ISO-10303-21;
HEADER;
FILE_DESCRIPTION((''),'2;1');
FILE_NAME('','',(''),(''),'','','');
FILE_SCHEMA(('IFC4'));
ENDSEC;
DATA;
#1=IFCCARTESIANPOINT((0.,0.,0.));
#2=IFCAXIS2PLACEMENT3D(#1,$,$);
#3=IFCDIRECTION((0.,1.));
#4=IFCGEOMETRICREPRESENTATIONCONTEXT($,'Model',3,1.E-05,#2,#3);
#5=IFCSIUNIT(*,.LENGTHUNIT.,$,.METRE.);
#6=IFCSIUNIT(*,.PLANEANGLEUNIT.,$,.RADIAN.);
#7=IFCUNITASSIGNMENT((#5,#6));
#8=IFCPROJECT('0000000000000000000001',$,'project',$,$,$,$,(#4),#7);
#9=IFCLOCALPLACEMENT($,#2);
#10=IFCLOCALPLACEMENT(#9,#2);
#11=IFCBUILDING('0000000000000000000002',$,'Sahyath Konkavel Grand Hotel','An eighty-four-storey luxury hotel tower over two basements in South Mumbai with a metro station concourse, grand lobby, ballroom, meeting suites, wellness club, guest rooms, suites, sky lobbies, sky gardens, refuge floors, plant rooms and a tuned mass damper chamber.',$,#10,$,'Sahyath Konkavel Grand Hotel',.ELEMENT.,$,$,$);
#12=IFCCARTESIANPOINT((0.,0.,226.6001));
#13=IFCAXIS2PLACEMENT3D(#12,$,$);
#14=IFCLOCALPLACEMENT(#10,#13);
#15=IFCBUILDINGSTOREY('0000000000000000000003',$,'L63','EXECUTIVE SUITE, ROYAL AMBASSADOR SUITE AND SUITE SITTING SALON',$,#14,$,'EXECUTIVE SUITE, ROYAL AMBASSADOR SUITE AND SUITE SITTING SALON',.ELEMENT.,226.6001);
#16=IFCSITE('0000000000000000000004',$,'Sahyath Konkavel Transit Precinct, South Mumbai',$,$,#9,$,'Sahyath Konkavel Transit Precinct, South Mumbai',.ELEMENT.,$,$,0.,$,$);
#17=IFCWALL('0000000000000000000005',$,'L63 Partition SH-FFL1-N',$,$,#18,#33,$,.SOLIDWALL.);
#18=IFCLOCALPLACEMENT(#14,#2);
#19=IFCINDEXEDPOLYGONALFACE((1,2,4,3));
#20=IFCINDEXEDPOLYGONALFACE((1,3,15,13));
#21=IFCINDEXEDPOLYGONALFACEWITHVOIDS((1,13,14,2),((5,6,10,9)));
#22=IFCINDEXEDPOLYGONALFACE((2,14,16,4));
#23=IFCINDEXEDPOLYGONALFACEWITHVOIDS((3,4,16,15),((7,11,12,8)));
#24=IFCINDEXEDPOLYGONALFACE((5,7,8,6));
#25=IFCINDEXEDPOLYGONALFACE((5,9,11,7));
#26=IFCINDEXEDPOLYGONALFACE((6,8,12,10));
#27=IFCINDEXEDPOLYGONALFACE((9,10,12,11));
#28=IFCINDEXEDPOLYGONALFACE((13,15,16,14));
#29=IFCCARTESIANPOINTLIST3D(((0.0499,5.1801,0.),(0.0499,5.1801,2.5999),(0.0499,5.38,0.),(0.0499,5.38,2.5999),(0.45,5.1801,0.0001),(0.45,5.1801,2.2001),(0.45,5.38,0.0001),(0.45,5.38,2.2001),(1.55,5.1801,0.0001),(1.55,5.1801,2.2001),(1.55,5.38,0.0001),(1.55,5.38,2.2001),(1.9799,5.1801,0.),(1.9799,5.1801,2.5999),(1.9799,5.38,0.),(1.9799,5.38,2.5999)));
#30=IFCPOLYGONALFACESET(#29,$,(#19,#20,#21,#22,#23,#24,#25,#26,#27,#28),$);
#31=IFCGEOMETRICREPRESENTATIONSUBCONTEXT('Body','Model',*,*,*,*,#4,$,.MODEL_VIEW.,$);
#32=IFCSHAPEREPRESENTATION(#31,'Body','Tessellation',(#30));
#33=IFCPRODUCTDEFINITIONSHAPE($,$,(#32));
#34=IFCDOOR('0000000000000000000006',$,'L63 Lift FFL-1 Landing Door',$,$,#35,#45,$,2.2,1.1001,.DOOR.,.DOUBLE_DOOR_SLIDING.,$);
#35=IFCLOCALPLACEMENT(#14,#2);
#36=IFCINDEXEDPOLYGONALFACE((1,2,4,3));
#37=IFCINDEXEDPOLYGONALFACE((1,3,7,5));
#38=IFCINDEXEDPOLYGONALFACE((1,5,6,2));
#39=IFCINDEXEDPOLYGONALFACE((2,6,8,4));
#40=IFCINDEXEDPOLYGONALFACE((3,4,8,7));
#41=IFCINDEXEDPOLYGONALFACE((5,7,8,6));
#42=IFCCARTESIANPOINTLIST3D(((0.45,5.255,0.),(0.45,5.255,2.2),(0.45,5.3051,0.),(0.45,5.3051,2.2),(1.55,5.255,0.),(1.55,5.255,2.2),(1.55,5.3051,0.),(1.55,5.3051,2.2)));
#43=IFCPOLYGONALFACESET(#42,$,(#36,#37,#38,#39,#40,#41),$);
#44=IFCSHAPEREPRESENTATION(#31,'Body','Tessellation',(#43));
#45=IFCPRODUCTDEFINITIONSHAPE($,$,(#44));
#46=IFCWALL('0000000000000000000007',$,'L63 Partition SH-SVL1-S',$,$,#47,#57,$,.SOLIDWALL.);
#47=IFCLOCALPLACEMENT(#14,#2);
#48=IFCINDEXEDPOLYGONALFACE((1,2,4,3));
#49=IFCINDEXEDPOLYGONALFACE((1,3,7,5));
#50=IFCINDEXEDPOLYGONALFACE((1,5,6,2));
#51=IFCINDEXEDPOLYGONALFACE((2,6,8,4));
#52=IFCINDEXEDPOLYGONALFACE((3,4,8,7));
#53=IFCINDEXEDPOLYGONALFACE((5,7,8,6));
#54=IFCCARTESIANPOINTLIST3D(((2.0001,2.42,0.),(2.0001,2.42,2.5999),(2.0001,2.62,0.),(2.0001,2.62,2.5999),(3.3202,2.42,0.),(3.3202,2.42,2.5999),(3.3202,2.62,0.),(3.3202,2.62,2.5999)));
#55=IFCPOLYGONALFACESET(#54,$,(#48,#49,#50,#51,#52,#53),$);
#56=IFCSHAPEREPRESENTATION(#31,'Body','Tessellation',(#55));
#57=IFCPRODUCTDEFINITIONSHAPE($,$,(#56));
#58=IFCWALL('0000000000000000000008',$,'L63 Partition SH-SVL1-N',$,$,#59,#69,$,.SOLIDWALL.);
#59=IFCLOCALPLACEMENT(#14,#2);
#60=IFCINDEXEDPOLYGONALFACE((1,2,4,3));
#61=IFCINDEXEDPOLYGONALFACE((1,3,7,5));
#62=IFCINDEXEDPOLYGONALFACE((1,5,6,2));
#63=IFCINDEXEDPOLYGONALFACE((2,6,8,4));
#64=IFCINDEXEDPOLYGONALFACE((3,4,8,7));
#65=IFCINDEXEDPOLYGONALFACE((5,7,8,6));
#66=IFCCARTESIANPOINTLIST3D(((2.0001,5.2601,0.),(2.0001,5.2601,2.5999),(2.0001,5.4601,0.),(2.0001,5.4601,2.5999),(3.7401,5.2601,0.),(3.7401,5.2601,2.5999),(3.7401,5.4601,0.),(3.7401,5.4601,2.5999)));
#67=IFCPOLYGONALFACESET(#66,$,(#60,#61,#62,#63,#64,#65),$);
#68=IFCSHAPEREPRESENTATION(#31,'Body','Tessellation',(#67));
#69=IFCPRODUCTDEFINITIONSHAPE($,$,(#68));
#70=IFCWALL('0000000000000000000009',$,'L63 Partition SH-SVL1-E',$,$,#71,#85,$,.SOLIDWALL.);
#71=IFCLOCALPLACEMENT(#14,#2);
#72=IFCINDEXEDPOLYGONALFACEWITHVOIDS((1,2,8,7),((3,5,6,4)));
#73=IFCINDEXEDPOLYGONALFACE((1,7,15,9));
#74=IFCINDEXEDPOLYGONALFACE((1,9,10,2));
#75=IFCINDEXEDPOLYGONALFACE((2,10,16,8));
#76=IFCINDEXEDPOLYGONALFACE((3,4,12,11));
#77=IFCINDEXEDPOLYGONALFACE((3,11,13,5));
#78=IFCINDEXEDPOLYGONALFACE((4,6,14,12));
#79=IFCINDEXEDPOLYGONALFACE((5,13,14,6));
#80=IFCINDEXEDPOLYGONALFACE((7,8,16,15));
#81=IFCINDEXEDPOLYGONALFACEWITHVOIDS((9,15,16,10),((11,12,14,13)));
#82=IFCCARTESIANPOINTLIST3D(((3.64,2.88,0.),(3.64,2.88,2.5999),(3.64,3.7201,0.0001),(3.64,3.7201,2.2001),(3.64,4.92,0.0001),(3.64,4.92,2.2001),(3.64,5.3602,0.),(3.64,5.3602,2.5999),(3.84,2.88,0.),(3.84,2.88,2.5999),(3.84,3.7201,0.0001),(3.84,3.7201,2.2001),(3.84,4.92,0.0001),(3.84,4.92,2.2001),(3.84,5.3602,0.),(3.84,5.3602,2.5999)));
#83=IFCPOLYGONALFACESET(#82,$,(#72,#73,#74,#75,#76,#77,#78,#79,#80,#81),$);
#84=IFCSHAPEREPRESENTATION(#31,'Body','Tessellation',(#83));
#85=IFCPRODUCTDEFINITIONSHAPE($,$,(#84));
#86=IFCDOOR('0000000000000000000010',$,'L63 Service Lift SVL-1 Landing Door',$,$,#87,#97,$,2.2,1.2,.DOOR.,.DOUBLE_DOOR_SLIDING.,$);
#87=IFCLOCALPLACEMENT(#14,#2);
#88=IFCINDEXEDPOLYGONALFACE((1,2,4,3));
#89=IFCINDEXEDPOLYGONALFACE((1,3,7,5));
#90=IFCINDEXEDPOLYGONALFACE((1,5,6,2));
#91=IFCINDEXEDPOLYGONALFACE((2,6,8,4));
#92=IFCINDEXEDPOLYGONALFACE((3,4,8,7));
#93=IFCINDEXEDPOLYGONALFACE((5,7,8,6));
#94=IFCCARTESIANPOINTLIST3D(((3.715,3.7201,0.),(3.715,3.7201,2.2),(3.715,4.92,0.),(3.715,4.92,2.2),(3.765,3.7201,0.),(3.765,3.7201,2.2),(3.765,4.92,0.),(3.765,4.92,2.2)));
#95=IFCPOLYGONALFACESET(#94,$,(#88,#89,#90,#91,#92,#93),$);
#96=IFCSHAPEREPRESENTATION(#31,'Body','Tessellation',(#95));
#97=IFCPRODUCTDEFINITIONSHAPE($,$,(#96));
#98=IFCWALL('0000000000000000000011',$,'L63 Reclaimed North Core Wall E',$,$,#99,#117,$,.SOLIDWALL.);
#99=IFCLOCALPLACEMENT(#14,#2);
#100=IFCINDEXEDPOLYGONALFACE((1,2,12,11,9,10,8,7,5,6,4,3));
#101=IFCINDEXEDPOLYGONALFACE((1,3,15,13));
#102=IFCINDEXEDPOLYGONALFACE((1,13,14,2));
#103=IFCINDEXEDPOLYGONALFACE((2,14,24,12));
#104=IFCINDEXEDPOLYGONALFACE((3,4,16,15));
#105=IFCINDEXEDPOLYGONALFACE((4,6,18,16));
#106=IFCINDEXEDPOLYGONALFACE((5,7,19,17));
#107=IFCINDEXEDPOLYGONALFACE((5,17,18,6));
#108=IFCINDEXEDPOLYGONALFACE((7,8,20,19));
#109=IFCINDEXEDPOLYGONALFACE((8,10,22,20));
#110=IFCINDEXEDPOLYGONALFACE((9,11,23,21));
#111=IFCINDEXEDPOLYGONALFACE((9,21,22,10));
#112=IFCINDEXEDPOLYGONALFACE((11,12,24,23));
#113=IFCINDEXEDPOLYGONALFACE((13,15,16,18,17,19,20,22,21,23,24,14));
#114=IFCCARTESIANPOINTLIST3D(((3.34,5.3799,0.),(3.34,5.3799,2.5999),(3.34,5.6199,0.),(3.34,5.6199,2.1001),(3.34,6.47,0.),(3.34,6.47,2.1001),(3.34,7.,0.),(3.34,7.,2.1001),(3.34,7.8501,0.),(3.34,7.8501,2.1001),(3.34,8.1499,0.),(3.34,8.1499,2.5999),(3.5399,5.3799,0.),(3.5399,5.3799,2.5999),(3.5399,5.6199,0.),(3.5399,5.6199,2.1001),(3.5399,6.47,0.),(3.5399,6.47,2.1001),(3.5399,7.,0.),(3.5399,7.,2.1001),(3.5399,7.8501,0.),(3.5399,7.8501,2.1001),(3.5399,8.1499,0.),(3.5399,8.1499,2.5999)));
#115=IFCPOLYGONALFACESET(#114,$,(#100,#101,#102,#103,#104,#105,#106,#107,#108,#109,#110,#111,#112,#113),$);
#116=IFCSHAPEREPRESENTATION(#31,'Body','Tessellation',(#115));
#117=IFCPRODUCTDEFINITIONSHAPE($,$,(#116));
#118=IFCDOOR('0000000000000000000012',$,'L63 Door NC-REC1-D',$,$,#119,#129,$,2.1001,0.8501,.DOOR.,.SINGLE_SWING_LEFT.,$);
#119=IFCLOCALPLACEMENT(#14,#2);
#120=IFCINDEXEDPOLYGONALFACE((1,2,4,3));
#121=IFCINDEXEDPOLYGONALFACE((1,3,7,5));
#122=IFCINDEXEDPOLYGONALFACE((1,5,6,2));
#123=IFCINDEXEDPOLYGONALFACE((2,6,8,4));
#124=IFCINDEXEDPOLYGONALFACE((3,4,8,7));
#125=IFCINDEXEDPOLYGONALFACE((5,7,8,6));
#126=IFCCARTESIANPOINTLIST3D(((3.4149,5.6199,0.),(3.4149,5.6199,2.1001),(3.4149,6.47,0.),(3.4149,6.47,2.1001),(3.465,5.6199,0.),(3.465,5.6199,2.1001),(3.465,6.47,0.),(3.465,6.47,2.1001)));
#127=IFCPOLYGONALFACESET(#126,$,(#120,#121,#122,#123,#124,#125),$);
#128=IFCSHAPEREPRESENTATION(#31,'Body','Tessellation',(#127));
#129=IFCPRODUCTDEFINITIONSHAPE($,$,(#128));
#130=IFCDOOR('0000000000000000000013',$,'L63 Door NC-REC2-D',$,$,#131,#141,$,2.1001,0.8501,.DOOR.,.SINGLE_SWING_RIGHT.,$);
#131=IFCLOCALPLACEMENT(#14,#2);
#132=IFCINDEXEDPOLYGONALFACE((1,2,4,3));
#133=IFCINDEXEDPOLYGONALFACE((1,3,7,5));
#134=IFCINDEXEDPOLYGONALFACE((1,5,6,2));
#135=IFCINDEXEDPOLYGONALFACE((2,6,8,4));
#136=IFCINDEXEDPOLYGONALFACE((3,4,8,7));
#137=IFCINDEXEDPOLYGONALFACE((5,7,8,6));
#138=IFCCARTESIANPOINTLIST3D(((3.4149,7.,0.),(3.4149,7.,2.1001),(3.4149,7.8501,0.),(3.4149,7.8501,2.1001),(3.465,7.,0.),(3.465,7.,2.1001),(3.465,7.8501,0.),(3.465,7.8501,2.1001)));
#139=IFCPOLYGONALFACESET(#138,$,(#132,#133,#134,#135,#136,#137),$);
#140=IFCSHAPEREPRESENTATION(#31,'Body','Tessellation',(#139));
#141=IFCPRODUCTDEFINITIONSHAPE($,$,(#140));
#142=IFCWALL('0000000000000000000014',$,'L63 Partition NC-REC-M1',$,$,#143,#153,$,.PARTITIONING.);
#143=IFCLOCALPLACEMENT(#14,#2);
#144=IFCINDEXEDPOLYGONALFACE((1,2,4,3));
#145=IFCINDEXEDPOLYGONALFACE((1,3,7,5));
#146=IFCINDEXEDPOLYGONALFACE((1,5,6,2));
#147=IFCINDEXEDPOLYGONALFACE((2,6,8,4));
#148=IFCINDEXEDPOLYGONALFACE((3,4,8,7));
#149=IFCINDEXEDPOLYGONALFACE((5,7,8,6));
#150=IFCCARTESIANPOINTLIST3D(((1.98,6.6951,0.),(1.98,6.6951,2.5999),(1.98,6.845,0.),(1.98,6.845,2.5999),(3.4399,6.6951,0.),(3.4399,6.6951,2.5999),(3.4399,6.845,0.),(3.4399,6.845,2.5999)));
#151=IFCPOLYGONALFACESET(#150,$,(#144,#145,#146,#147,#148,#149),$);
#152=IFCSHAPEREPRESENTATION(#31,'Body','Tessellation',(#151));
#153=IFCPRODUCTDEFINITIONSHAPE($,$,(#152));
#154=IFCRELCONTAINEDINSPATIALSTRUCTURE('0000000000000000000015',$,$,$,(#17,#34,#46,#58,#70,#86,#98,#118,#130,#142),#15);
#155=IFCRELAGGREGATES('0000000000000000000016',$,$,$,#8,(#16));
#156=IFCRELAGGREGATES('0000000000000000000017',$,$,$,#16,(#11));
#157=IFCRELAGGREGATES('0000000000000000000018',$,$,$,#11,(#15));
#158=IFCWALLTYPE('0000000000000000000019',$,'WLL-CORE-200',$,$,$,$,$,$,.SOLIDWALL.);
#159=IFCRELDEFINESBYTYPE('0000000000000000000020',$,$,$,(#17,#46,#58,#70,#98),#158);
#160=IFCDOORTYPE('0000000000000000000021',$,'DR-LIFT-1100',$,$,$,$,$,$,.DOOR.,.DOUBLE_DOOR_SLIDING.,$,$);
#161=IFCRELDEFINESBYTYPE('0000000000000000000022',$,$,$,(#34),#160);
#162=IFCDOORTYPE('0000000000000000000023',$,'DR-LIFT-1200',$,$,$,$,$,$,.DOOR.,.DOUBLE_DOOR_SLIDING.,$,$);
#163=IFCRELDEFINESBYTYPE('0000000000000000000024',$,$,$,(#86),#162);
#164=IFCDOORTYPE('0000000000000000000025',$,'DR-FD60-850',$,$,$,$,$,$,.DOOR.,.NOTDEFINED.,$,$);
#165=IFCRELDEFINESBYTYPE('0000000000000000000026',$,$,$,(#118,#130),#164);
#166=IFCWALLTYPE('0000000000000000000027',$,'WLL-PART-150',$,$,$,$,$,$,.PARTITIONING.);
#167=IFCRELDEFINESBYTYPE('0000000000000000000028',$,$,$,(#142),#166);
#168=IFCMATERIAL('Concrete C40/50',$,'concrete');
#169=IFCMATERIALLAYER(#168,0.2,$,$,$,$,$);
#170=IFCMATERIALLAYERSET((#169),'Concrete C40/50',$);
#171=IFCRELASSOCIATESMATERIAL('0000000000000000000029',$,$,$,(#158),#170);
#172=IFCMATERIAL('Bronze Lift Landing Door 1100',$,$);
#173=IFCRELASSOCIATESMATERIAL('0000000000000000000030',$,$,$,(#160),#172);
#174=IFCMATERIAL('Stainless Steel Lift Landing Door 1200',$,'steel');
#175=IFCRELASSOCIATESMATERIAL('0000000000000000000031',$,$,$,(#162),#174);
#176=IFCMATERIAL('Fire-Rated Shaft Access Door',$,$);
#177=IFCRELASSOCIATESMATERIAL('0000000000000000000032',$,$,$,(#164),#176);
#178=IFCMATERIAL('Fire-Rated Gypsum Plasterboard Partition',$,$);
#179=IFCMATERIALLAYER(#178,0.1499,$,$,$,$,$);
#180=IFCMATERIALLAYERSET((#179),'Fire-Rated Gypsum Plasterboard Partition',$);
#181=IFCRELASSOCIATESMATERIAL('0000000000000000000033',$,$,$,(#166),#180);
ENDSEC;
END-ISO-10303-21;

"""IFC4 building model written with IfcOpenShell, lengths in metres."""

from ifc_helpers import new_model, si_unit, direction, frame, frame_2d, origin, origin_2d, place, context, subcontext, project, spatial, rectangle, extrude, source, transform, mapped, material, layer, layer_set, type_object, element, fill, save


model = new_model("IFC4")

# Units and contexts
model_context = context("Model", 3, precision=1e-05, world=origin(), true_north=direction((0.0, 1.0)))
body_context = subcontext(model_context, "Body", "Model", "MODEL_VIEW")
ifc_project = project(units=[si_unit("LENGTHUNIT", "METRE"), si_unit("PLANEANGLEUNIT", "RADIAN")], contexts=[model_context])

# Site, building, storey
site_placement = place(None, origin())
site = spatial("IfcSite", under=ifc_project, at=site_placement, Name="Sahyath Konkavel Transit Precinct, South Mumbai", LongName="Sahyath Konkavel Transit Precinct, South Mumbai", CompositionType="ELEMENT", RefElevation=0.0)
building_placement = place(site_placement, origin())
building = spatial("IfcBuilding", under=site, at=building_placement, Name="Sahyath Konkavel Grand Hotel", Description="An eighty-four-storey luxury hotel tower over two basements in South Mumbai with a metro station concourse, grand lobby, ballroom, meeting suites, wellness club, guest rooms, suites, sky lobbies, sky gardens, refuge floors, plant rooms and a tuned mass damper chamber.", LongName="Sahyath Konkavel Grand Hotel", CompositionType="ELEMENT")
storey_placement = place(building_placement, frame((0.0, 0.0, 226.6001)))
storey = spatial("IfcBuildingStorey", under=building, at=storey_placement, Name="L63", Description="EXECUTIVE SUITE, ROYAL AMBASSADOR SUITE AND SUITE SITTING SALON", LongName="EXECUTIVE SUITE, ROYAL AMBASSADOR SUITE AND SUITE SITTING SALON", CompositionType="ELEMENT", Elevation=226.6001)

# Shared definitions
ifc_material_1 = material(Name="Concrete C40/50", Category="concrete")
ifc_layer_1 = layer(ifc_material_1, 0.2)
ifc_layer_set_1 = layer_set([ifc_layer_1], Name="Concrete C40/50")
wall_type_1 = type_object("IfcWallType", Name="WLL-CORE-200", PredefinedType="SOLIDWALL", material=ifc_layer_set_1)
shared_shape_1 = source(origin(), body_context, "Body", "SweptSolid", [
    extrude(rectangle(XDim=0.8501, YDim=0.05, at=origin_2d()), origin(), (0.0, 0.0, 1.0), 2.1001),
])

# Wall, opening, door
wall_1_placement = place(storey_placement, frame((0.05, 5.28, 0.0), z_axis=(0.0, 0.0, 1.0), x_axis=(1.0, 0.0, 0.0)))
wall_1 = element("IfcWall", 1, at=wall_1_placement, inside=storey, type_object=wall_type_1, Name="L63 Partition SH-FFL1-N", PredefinedType="SOLIDWALL", context=body_context, shape_type="SweptSolid", body=[
    extrude(rectangle(XDim=1.9299, YDim=0.2, at=frame_2d((0.9648, 0.0))), origin(), (0.0, 0.0, 1.0), 2.5999),
])
opening_1_placement = place(wall_1_placement, frame((0.3999, 0.0, 0.0)))
opening_1 = element("IfcOpeningElement", 2, at=opening_1_placement, cuts=wall_1, PredefinedType="OPENING", context=body_context, shape_type="SweptSolid", body=[
    extrude(rectangle(XDim=1.1001, YDim=2.2, at=frame_2d((0.55, 1.1001))), frame((0.0, 0.1099, 0.0), z_axis=(0.0, -1.0, 0.0), x_axis=(1.0, 0.0, 0.0)), (0.0, 0.0, 1.0), 0.22),
])
ifc_material_2 = material(Name="Bronze Lift Landing Door 1100")
door_type_1 = type_object("IfcDoorType", Name="DR-LIFT-1100", OperationType="DOUBLE_DOOR_SLIDING", PredefinedType="DOOR", material=ifc_material_2)
shared_shape_2 = source(origin(), body_context, "Body", "SweptSolid", [
    extrude(rectangle(XDim=1.1001, YDim=0.05, at=origin_2d()), origin(), (0.0, 0.0, 1.0), 2.2),
])
door_1_placement = place(opening_1_placement, frame((0.55, 0.0, 0.0)))
door_1 = element("IfcDoor", 3, at=door_1_placement, inside=storey, type_object=door_type_1, Name="L63 Lift FFL-1 Landing Door", OperationType="DOUBLE_DOOR_SLIDING", OverallHeight=2.2, OverallWidth=1.1001, PredefinedType="DOOR", context=body_context, shape_type="MappedRepresentation", body=[
    mapped(shared_shape_2, transform((0.0, 0.0, 0.0), scale=1.0)),
])
fill(opening_1, door_1)

# Walls
wall_2_placement = place(storey_placement, frame((2.0, 2.52, 0.0), z_axis=(0.0, 0.0, 1.0), x_axis=(1.0, 0.0, 0.0)))
element("IfcWall", 4, at=wall_2_placement, inside=storey, type_object=wall_type_1, Name="L63 Partition SH-SVL1-S", PredefinedType="SOLIDWALL", context=body_context, shape_type="SweptSolid", body=[
    extrude(rectangle(XDim=1.3201, YDim=0.2, at=frame_2d((0.6602, 0.0))), origin(), (0.0, 0.0, 1.0), 2.5999),
])
wall_3_placement = place(storey_placement, frame((2.0, 5.3601, 0.0), z_axis=(0.0, 0.0, 1.0), x_axis=(1.0, 0.0, 0.0)))
element("IfcWall", 5, at=wall_3_placement, inside=storey, type_object=wall_type_1, Name="L63 Partition SH-SVL1-N", PredefinedType="SOLIDWALL", context=body_context, shape_type="SweptSolid", body=[
    extrude(rectangle(XDim=1.74, YDim=0.2, at=frame_2d((0.8701, 0.0))), origin(), (0.0, 0.0, 1.0), 2.5999),
])

# Wall, opening, door
wall_4_placement = place(storey_placement, frame((3.74, 2.8799, 0.0), z_axis=(0.0, 0.0, 1.0), x_axis=(0.0, 1.0, 0.0)))
wall_4 = element("IfcWall", 6, at=wall_4_placement, inside=storey, type_object=wall_type_1, Name="L63 Partition SH-SVL1-E", PredefinedType="SOLIDWALL", context=body_context, shape_type="SweptSolid", body=[
    extrude(rectangle(XDim=2.4802, YDim=0.2, at=frame_2d((1.2402, 0.0))), origin(), (0.0, 0.0, 1.0), 2.5999),
])
opening_2_placement = place(wall_4_placement, frame((0.8401, 0.0, 0.0)))
opening_2 = element("IfcOpeningElement", 7, at=opening_2_placement, cuts=wall_4, PredefinedType="OPENING", context=body_context, shape_type="SweptSolid", body=[
    extrude(rectangle(XDim=1.2, YDim=2.2, at=frame_2d((0.6001, 1.1001))), frame((0.0, 0.1099, 0.0), z_axis=(0.0, -1.0, 0.0), x_axis=(1.0, 0.0, 0.0)), (0.0, 0.0, 1.0), 0.22),
])
ifc_material_3 = material(Name="Stainless Steel Lift Landing Door 1200", Category="steel")
door_type_2 = type_object("IfcDoorType", Name="DR-LIFT-1200", OperationType="DOUBLE_DOOR_SLIDING", PredefinedType="DOOR", material=ifc_material_3)
shared_shape_3 = source(origin(), body_context, "Body", "SweptSolid", [
    extrude(rectangle(XDim=1.2, YDim=0.05, at=origin_2d()), origin(), (0.0, 0.0, 1.0), 2.2),
])
door_2_placement = place(opening_2_placement, frame((0.6001, 0.0, 0.0)))
door_2 = element("IfcDoor", 8, at=door_2_placement, inside=storey, type_object=door_type_2, Name="L63 Service Lift SVL-1 Landing Door", OperationType="DOUBLE_DOOR_SLIDING", OverallHeight=2.2, OverallWidth=1.2, PredefinedType="DOOR", context=body_context, shape_type="MappedRepresentation", body=[
    mapped(shared_shape_3, transform((0.0, 0.0, 0.0), scale=1.0)),
])
fill(opening_2, door_2)

# Wall, openings, doors
wall_5_placement = place(storey_placement, frame((3.4399, 5.3799, 0.0), z_axis=(0.0, 0.0, 1.0), x_axis=(0.0, 1.0, 0.0)))
wall_5 = element("IfcWall", 9, at=wall_5_placement, inside=storey, type_object=wall_type_1, Name="L63 Reclaimed North Core Wall E", PredefinedType="SOLIDWALL", context=body_context, shape_type="SweptSolid", body=[
    extrude(rectangle(XDim=2.77, YDim=0.2, at=frame_2d((1.385, 0.0))), origin(), (0.0, 0.0, 1.0), 2.5999),
])
opening_3_placement = place(wall_5_placement, frame((0.24, 0.0, 0.0)))
opening_3 = element("IfcOpeningElement", 10, at=opening_3_placement, cuts=wall_5, PredefinedType="OPENING", context=body_context, shape_type="SweptSolid", body=[
    extrude(rectangle(XDim=0.8501, YDim=2.1001, at=frame_2d((0.425, 1.05))), frame((0.0, 0.1099, 0.0), z_axis=(0.0, -1.0, 0.0), x_axis=(1.0, 0.0, 0.0)), (0.0, 0.0, 1.0), 0.22),
])
opening_4_placement = place(wall_5_placement, frame((1.6201, 0.0, 0.0)))
opening_4 = element("IfcOpeningElement", 11, at=opening_4_placement, cuts=wall_5, PredefinedType="OPENING", context=body_context, shape_type="SweptSolid", body=[
    extrude(rectangle(XDim=0.8501, YDim=2.1001, at=frame_2d((0.425, 1.05))), frame((0.0, 0.1099, 0.0), z_axis=(0.0, -1.0, 0.0), x_axis=(1.0, 0.0, 0.0)), (0.0, 0.0, 1.0), 0.22),
])
ifc_material_4 = material(Name="Fire-Rated Shaft Access Door")
door_type_3 = type_object("IfcDoorType", Name="DR-FD60-850", OperationType="NOTDEFINED", PredefinedType="DOOR", material=ifc_material_4)
door_3_placement = place(opening_3_placement, frame((0.425, 0.0, 0.0)))
door_3 = element("IfcDoor", 12, at=door_3_placement, inside=storey, type_object=door_type_3, Name="L63 Door NC-REC1-D", OperationType="SINGLE_SWING_LEFT", OverallHeight=2.1001, OverallWidth=0.8501, PredefinedType="DOOR", context=body_context, shape_type="MappedRepresentation", body=[
    mapped(shared_shape_1, transform((0.0, 0.0, 0.0), scale=1.0)),
])
fill(opening_3, door_3)
door_4_placement = place(opening_4_placement, frame((0.425, 0.0, 0.0)))
door_4 = element("IfcDoor", 13, at=door_4_placement, inside=storey, type_object=door_type_3, Name="L63 Door NC-REC2-D", OperationType="SINGLE_SWING_RIGHT", OverallHeight=2.1001, OverallWidth=0.8501, PredefinedType="DOOR", context=body_context, shape_type="MappedRepresentation", body=[
    mapped(shared_shape_1, transform((0.0, 0.0, 0.0), scale=1.0)),
])
fill(opening_4, door_4)

# Wall
ifc_material_5 = material(Name="Fire-Rated Gypsum Plasterboard Partition")
ifc_layer_2 = layer(ifc_material_5, 0.1499)
ifc_layer_set_2 = layer_set([ifc_layer_2], Name="Fire-Rated Gypsum Plasterboard Partition")
wall_type_2 = type_object("IfcWallType", Name="WLL-PART-150", PredefinedType="PARTITIONING", material=ifc_layer_set_2)
wall_6_placement = place(storey_placement, frame((1.98, 6.77, 0.0), z_axis=(0.0, 0.0, 1.0), x_axis=(1.0, 0.0, 0.0)))
element("IfcWall", 14, at=wall_6_placement, inside=storey, type_object=wall_type_2, Name="L63 Partition NC-REC-M1", PredefinedType="PARTITIONING", context=body_context, shape_type="SweptSolid", body=[
    extrude(rectangle(XDim=1.46, YDim=0.1499, at=frame_2d((0.73, 0.0))), origin(), (0.0, 0.0, 1.0), 2.5999),
])

save(model, "model.ifc")
